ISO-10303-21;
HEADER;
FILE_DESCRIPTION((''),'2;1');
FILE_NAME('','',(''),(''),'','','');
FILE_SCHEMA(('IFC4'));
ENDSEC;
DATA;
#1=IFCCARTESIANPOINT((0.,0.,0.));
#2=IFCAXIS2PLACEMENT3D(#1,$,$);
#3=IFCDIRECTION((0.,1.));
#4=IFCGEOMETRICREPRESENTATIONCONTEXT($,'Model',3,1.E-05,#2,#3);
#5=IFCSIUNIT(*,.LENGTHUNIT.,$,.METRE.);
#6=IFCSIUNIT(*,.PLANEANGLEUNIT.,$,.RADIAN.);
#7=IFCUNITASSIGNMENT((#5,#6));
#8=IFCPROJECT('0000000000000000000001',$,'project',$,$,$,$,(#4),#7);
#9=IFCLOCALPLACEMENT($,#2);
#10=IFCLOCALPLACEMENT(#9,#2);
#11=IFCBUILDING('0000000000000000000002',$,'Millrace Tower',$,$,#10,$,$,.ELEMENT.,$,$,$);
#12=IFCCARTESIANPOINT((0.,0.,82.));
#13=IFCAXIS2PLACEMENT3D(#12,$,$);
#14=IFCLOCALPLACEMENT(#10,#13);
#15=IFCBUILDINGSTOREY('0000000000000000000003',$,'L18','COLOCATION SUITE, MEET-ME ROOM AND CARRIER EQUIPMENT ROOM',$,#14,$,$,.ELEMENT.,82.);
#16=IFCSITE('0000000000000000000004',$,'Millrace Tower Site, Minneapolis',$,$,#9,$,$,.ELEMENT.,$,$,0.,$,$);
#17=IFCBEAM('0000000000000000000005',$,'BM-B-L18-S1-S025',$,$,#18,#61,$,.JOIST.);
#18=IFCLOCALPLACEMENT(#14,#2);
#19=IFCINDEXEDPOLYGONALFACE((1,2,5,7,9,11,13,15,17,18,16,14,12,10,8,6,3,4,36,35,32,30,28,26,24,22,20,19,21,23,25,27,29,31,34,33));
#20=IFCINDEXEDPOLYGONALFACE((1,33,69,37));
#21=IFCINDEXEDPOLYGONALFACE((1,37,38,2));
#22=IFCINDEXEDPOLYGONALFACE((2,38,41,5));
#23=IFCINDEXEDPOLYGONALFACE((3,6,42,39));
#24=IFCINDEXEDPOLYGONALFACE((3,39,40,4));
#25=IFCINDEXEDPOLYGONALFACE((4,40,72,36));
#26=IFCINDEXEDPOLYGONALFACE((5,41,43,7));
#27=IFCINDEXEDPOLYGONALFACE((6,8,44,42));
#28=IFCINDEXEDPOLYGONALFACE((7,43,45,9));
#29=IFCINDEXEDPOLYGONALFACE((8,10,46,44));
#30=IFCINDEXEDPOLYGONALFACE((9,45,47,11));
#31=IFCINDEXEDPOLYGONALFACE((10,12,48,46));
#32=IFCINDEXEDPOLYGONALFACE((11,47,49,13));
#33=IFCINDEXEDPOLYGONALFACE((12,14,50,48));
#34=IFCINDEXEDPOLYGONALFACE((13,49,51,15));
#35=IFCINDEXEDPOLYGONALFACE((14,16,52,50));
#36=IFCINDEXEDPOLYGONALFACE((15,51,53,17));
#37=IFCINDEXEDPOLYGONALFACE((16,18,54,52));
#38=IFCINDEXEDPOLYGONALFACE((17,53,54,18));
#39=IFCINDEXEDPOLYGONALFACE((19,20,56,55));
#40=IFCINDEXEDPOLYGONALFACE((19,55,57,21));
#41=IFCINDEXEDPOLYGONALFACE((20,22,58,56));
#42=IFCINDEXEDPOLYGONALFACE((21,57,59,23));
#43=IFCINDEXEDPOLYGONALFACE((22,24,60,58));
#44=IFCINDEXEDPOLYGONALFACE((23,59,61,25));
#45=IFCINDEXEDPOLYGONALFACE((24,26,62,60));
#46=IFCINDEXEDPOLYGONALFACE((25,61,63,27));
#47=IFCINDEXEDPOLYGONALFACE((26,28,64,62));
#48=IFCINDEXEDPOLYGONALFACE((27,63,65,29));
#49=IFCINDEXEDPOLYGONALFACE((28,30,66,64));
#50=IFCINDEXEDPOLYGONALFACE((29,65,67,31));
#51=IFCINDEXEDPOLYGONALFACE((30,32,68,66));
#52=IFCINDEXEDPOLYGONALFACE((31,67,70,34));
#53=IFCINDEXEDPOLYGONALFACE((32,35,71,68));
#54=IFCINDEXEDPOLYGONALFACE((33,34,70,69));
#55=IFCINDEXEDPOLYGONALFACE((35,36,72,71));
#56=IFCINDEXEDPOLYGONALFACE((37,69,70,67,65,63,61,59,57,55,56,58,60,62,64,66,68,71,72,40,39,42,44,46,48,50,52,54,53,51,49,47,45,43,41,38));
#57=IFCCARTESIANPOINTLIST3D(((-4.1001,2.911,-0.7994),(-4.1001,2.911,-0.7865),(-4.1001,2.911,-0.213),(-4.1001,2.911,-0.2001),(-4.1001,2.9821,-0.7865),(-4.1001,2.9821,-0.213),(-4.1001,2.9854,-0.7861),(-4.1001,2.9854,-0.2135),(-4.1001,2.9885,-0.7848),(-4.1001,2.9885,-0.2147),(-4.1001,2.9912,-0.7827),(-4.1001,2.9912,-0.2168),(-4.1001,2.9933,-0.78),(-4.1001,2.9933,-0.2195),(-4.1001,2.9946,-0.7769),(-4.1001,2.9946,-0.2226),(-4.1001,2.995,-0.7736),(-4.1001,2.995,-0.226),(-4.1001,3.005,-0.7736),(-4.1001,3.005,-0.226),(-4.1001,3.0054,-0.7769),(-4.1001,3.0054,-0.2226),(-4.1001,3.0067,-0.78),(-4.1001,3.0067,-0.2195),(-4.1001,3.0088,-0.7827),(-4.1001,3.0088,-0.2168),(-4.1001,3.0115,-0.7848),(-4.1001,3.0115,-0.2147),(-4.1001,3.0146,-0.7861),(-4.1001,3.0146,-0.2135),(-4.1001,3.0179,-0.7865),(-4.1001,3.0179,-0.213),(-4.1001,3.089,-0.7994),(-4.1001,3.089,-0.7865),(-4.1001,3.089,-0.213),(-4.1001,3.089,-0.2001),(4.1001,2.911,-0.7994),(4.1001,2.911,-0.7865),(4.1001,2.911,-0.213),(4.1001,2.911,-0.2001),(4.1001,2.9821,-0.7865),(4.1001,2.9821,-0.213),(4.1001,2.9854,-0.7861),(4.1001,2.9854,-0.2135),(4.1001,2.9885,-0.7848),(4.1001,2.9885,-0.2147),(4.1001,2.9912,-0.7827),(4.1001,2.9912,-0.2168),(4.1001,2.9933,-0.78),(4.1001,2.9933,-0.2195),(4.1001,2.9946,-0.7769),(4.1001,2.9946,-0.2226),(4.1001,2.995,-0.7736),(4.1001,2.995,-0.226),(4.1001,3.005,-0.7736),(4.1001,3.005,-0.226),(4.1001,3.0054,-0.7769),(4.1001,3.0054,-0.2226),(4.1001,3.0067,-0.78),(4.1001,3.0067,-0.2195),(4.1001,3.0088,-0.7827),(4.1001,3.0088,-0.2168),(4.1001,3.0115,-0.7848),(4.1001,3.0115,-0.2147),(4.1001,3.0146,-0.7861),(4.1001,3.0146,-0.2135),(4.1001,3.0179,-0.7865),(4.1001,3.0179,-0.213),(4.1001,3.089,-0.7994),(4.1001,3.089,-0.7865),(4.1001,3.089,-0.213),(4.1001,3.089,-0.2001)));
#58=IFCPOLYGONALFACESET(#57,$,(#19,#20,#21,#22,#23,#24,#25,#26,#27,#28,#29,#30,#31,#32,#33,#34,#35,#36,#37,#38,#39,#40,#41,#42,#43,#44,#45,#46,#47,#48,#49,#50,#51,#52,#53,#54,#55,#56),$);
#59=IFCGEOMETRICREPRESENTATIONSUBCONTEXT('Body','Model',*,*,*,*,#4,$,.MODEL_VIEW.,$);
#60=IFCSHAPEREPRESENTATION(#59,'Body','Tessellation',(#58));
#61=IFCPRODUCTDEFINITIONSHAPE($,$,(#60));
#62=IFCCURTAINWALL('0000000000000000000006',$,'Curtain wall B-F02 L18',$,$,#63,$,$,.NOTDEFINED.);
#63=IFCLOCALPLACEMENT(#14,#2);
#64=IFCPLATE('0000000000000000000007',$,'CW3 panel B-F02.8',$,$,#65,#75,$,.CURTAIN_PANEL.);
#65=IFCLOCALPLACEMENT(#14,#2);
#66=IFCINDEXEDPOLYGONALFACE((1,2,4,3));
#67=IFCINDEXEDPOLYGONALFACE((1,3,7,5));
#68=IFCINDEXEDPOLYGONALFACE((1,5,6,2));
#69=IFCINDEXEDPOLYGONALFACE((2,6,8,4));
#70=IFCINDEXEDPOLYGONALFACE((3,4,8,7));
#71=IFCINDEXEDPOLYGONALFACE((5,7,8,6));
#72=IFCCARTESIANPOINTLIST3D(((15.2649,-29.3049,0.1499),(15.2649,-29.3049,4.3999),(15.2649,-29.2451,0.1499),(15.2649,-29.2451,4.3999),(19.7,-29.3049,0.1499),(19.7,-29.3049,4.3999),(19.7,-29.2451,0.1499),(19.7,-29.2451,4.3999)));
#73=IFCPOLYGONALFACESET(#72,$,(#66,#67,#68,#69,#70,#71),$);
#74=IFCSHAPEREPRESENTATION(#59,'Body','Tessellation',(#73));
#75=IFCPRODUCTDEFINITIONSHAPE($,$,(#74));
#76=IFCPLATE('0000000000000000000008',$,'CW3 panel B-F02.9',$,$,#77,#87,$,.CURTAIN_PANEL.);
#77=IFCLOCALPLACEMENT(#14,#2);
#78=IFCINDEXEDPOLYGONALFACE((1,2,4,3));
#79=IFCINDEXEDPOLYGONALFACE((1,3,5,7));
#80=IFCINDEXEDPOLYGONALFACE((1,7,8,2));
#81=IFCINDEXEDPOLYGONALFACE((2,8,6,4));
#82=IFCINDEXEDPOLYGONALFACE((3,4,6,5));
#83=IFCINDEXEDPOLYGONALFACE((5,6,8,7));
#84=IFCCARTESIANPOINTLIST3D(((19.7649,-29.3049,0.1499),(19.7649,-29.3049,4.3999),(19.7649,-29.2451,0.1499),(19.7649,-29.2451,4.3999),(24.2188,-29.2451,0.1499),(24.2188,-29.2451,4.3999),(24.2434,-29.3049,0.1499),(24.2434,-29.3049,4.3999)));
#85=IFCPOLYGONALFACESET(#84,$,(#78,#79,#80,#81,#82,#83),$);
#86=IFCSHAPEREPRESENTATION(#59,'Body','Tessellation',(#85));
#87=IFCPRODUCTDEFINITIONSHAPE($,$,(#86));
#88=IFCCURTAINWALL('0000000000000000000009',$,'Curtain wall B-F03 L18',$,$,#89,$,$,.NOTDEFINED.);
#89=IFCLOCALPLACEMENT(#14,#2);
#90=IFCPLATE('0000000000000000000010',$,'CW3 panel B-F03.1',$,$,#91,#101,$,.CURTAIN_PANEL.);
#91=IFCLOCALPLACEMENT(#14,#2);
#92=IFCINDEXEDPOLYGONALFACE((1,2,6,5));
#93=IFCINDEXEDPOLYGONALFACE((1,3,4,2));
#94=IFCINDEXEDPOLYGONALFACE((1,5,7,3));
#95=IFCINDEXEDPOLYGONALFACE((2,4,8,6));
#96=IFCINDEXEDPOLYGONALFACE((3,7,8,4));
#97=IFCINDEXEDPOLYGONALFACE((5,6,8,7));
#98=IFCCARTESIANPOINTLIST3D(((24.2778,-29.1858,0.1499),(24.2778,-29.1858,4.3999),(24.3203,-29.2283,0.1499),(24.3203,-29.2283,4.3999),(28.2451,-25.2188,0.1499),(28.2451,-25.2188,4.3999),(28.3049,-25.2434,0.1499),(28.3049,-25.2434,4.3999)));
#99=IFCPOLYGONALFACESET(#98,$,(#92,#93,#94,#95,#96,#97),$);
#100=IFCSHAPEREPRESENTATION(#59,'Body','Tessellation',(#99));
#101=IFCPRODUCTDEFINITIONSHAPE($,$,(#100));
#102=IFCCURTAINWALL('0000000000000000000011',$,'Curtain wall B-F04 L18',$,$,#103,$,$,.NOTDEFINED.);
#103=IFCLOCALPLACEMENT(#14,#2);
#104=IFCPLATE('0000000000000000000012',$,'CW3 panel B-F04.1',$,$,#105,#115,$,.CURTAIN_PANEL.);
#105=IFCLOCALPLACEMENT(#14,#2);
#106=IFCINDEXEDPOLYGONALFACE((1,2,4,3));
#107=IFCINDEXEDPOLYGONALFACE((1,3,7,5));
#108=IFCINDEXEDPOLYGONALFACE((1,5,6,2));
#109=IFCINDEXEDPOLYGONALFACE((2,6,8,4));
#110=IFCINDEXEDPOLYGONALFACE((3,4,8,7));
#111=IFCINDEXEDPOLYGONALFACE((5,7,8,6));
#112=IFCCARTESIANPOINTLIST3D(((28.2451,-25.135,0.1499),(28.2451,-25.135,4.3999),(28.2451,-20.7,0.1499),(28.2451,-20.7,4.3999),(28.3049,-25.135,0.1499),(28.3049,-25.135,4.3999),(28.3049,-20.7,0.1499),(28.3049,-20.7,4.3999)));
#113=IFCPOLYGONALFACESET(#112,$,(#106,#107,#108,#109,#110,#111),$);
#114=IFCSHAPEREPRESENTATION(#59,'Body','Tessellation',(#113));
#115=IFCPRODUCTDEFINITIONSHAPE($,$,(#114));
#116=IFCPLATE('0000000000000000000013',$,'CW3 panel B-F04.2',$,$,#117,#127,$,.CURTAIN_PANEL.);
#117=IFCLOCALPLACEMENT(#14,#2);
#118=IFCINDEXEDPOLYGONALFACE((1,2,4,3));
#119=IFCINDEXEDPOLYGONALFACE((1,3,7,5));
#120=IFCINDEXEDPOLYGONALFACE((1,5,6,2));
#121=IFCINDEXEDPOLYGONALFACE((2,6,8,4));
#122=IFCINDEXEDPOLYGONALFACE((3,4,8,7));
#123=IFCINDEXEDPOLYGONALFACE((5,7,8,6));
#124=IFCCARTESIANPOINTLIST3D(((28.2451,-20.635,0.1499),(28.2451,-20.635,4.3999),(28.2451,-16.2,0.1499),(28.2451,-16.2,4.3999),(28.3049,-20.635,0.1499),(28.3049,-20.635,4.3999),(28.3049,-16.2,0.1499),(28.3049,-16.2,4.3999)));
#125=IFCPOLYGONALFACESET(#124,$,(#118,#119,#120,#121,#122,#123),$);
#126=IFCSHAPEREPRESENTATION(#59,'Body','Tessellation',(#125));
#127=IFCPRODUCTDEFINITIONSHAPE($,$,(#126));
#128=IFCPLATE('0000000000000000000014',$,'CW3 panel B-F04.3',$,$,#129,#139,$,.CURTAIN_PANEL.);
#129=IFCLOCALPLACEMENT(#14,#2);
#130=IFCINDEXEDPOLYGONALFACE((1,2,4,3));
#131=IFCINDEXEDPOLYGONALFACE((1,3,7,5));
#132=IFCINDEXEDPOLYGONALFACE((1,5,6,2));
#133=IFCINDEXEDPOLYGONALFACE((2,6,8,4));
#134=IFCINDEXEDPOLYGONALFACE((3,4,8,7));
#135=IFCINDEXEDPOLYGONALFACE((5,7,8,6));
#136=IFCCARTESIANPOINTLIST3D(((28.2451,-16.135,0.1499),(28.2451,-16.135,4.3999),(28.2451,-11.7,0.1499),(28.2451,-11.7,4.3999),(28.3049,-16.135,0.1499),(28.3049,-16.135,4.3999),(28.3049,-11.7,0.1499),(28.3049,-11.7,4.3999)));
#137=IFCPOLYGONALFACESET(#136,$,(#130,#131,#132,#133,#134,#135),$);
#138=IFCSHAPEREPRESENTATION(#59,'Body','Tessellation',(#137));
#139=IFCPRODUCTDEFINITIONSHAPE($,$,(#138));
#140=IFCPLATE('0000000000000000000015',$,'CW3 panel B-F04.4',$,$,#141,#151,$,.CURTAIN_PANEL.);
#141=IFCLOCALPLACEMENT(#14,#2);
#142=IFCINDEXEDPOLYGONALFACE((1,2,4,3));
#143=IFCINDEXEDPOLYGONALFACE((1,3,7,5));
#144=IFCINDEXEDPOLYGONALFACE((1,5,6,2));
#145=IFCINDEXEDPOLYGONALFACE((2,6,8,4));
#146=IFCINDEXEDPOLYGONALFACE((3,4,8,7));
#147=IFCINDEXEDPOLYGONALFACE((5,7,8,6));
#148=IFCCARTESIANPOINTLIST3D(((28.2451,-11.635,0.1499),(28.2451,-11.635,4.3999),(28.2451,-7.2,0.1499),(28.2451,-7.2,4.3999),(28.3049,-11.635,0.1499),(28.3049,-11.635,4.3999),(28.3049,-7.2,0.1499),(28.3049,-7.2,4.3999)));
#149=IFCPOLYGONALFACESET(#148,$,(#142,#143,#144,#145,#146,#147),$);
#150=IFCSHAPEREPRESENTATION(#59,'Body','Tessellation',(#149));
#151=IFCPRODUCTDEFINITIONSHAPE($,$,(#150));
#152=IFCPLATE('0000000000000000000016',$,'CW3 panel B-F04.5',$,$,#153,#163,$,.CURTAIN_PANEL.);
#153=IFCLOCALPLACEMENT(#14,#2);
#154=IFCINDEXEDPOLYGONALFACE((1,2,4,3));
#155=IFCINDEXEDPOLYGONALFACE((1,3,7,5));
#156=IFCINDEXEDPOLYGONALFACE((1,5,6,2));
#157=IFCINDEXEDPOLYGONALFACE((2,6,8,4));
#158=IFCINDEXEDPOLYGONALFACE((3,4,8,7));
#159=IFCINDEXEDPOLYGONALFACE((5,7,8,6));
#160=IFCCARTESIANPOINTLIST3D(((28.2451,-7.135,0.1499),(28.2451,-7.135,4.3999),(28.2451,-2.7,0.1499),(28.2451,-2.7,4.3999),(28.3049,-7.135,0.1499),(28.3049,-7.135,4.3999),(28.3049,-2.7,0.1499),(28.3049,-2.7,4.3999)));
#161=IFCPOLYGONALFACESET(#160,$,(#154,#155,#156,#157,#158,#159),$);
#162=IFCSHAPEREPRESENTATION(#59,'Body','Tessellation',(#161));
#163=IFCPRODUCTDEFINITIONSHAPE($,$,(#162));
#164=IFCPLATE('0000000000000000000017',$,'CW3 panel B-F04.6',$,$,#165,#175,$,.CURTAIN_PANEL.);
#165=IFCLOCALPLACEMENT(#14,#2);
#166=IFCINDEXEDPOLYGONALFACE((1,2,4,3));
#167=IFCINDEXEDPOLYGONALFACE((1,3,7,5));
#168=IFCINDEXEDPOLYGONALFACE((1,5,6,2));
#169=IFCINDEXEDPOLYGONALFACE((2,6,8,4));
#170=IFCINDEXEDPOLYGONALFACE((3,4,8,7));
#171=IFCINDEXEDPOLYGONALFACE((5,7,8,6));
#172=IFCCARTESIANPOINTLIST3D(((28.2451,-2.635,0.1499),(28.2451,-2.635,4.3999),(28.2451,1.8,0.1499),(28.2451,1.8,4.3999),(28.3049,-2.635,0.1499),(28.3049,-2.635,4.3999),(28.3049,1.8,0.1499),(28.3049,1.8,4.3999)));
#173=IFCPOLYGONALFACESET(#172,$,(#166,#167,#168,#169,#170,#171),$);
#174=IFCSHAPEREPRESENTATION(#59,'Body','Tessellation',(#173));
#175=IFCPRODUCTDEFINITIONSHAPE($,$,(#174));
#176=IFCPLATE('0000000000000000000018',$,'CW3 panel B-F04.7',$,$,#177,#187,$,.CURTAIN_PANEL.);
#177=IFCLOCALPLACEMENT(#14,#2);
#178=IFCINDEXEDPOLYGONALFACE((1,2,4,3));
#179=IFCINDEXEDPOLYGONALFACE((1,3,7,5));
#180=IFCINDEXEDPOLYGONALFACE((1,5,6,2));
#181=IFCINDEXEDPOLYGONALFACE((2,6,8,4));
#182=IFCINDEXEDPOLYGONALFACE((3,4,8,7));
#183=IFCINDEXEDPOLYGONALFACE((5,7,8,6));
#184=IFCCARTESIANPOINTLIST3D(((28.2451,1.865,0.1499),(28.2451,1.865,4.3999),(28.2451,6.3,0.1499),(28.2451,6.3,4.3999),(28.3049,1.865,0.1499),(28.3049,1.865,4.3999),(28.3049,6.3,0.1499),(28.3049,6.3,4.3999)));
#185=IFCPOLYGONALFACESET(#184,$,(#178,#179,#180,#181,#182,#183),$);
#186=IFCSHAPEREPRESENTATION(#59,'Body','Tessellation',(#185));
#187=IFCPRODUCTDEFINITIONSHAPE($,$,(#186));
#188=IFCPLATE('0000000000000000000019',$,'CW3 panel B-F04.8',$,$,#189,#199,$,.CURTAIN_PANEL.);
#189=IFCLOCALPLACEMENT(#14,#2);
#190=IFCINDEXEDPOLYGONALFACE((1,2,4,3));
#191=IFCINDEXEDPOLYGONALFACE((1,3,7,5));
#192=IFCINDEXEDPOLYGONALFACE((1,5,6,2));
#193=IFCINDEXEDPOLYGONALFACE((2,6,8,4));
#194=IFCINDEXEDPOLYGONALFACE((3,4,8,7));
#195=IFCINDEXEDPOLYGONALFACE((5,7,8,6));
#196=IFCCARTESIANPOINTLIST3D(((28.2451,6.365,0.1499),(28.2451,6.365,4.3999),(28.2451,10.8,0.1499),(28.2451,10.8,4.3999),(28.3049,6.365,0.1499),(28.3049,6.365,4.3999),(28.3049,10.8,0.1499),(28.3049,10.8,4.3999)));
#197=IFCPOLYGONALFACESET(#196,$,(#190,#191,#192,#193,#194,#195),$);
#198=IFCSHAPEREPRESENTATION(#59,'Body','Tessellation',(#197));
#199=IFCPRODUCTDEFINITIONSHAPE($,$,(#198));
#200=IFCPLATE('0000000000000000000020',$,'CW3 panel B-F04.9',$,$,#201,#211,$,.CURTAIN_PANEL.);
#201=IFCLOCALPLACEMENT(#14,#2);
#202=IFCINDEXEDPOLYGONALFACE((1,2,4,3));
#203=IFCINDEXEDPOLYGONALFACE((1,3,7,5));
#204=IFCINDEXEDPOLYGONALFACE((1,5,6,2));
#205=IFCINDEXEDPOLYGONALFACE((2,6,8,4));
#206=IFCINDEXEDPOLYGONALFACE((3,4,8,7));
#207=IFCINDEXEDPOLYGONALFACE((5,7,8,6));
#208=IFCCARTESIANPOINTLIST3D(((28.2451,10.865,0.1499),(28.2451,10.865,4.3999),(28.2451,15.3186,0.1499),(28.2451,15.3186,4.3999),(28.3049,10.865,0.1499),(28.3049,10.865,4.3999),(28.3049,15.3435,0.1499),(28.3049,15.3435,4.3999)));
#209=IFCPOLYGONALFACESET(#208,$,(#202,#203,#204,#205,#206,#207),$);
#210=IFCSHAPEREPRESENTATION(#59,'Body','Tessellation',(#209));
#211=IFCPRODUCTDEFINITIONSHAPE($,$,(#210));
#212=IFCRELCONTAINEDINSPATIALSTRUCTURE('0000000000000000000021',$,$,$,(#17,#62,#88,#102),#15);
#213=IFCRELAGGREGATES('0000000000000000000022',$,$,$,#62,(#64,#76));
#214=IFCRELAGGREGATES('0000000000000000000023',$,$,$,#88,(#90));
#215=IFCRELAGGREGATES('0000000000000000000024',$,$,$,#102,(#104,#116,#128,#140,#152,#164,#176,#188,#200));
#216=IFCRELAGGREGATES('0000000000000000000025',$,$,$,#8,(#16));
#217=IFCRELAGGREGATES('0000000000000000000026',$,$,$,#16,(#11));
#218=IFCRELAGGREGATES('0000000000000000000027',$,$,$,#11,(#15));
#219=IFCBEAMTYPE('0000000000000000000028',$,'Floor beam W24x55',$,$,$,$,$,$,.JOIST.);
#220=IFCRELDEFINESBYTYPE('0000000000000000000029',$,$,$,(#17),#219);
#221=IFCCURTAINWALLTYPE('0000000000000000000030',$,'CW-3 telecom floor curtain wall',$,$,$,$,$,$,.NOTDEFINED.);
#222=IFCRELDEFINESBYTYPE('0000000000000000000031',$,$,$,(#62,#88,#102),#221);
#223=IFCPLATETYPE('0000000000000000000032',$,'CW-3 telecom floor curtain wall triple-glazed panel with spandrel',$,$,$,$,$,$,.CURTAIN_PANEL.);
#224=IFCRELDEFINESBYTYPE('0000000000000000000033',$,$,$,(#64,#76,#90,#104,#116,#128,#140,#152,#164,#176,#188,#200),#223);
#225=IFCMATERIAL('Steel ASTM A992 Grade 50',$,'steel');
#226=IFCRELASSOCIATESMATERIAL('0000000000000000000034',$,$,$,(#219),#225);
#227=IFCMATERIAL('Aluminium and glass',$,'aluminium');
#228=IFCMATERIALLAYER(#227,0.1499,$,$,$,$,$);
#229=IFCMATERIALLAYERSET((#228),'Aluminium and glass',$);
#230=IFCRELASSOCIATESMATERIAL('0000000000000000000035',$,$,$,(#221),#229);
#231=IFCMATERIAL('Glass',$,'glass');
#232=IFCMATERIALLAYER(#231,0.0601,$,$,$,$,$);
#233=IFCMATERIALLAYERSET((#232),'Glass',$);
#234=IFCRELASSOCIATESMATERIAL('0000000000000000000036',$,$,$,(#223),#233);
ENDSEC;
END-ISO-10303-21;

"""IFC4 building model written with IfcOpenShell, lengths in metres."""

from ifc_helpers import new_model, si_unit, direction, frame, origin, origin_2d, place, context, subcontext, project, spatial, polyline, i_section, outline, extrude, material, layer, layer_set, material_profile, profile_set, type_object, element, aggregate, save


model = new_model("IFC4")

# Units and contexts
model_context = context("Model", 3, precision=1e-05, world=origin(), true_north=direction((0.0, 1.0)))
body_context = subcontext(model_context, "Body", "Model", "MODEL_VIEW")
ifc_project = project(units=[si_unit("LENGTHUNIT", "METRE"), si_unit("PLANEANGLEUNIT", "RADIAN")], contexts=[model_context])

# Site, building, storey
site_placement = place(None, origin())
site = spatial("IfcSite", under=ifc_project, at=site_placement, Name="Millrace Tower Site, Minneapolis", CompositionType="ELEMENT", RefElevation=0.0)
building_placement = place(site_placement, origin())
building = spatial("IfcBuilding", under=site, at=building_placement, Name="Millrace Tower", CompositionType="ELEMENT")
storey_placement = place(building_placement, frame((0.0, 0.0, 82.0)))
storey = spatial("IfcBuildingStorey", under=building, at=storey_placement, Name="L18", Description="COLOCATION SUITE, MEET-ME ROOM AND CARRIER EQUIPMENT ROOM", CompositionType="ELEMENT", Elevation=82.0)

# Beam
ifc_material_1 = material(Name="Steel ASTM A992 Grade 50", Category="steel")
ifc_material_profile = material_profile(ifc_material_1, i_section(OverallWidth=0.178, OverallDepth=0.5994, WebThickness=0.01, FlangeThickness=0.0129, FilletRadius=0.0129, at=origin_2d()))
ifc_profile_set = profile_set([ifc_material_profile], Name="Steel ASTM A992 Grade 50")
beam_type = type_object("IfcBeamType", Name="Floor beam W24x55", PredefinedType="JOIST", material=ifc_profile_set)
beam_placement = place(storey_placement, frame((-4.1001, 3.0, -0.4998), z_axis=(1.0, 0.0, 0.0), x_axis=(0.0, 1.0, 0.0)))
element("IfcBeam", 1, at=beam_placement, inside=storey, type_object=beam_type, Name="BM-B-L18-S1-S025", PredefinedType="JOIST", context=body_context, shape_type="SweptSolid", body=[
    extrude(i_section(OverallWidth=0.178, OverallDepth=0.5994, WebThickness=0.01, FlangeThickness=0.0129, FilletRadius=0.0129, at=origin_2d()), origin(), (0.0, 0.0, 1.0), 8.2002),
])

# Curtain wall, plates
ifc_material_2 = material(Name="Aluminium and glass", Category="aluminium")
ifc_layer_1 = layer(ifc_material_2, 0.1499)
ifc_layer_set_1 = layer_set([ifc_layer_1], Name="Aluminium and glass")
curtain_wall_type = type_object("IfcCurtainWallType", Name="CW-3 telecom floor curtain wall", PredefinedType="NOTDEFINED", material=ifc_layer_set_1)
placement_1 = place(storey_placement, origin())
curtain_wall_1 = element("IfcCurtainWall", 2, at=placement_1, inside=storey, type_object=curtain_wall_type, Name="Curtain wall B-F02 L18", PredefinedType="NOTDEFINED")
ifc_material_3 = material(Name="Glass", Category="glass")
ifc_layer_2 = layer(ifc_material_3, 0.0601)
ifc_layer_set_2 = layer_set([ifc_layer_2], Name="Glass")
plate_type = type_object("IfcPlateType", Name="CW-3 telecom floor curtain wall triple-glazed panel with spandrel", PredefinedType="CURTAIN_PANEL", material=ifc_layer_set_2)
placement_2 = place(storey_placement, frame((0.0, 0.0, 0.1499)))
plate_1 = element("IfcPlate", 3, at=placement_2, type_object=plate_type, Name="CW3 panel B-F02.8", PredefinedType="CURTAIN_PANEL", context=body_context, shape_type="SweptSolid", body=[
    extrude(outline(polyline([(15.2649, -29.3049), (19.7, -29.3049), (19.7, -29.2451), (15.2649, -29.2451), (15.2649, -29.3049)])), origin(), (0.0, 0.0, 1.0), 4.25),
])
plate_2 = element("IfcPlate", 4, at=placement_2, type_object=plate_type, Name="CW3 panel B-F02.9", PredefinedType="CURTAIN_PANEL", context=body_context, shape_type="SweptSolid", body=[
    extrude(outline(polyline([(19.7649, -29.3049), (24.2434, -29.3049), (24.2188, -29.2451), (19.7649, -29.2451), (19.7649, -29.3049)])), origin(), (0.0, 0.0, 1.0), 4.25),
])
aggregate(curtain_wall_1, [plate_1, plate_2])

# Curtain wall, plate
curtain_wall_2 = element("IfcCurtainWall", 5, at=placement_1, inside=storey, type_object=curtain_wall_type, Name="Curtain wall B-F03 L18", PredefinedType="NOTDEFINED")
plate_3 = element("IfcPlate", 6, at=placement_2, type_object=plate_type, Name="CW3 panel B-F03.1", PredefinedType="CURTAIN_PANEL", context=body_context, shape_type="SweptSolid", body=[
    extrude(outline(polyline([(24.3203, -29.2283), (28.3049, -25.2434), (28.2451, -25.2188), (24.2778, -29.1858), (24.3203, -29.2283)])), origin(), (0.0, 0.0, 1.0), 4.25),
])
aggregate(curtain_wall_2, [plate_3])

# Curtain wall, plates
curtain_wall_3 = element("IfcCurtainWall", 7, at=placement_1, inside=storey, type_object=curtain_wall_type, Name="Curtain wall B-F04 L18", PredefinedType="NOTDEFINED")
plate_4 = element("IfcPlate", 8, at=placement_2, type_object=plate_type, Name="CW3 panel B-F04.1", PredefinedType="CURTAIN_PANEL", context=body_context, shape_type="SweptSolid", body=[
    extrude(outline(polyline([(28.3049, -25.135), (28.3049, -20.7), (28.2451, -20.7), (28.2451, -25.135), (28.3049, -25.135)])), origin(), (0.0, 0.0, 1.0), 4.25),
])
plate_5 = element("IfcPlate", 9, at=placement_2, type_object=plate_type, Name="CW3 panel B-F04.2", PredefinedType="CURTAIN_PANEL", context=body_context, shape_type="SweptSolid", body=[
    extrude(outline(polyline([(28.3049, -20.635), (28.3049, -16.2), (28.2451, -16.2), (28.2451, -20.635), (28.3049, -20.635)])), origin(), (0.0, 0.0, 1.0), 4.25),
])
plate_6 = element("IfcPlate", 10, at=placement_2, type_object=plate_type, Name="CW3 panel B-F04.3", PredefinedType="CURTAIN_PANEL", context=body_context, shape_type="SweptSolid", body=[
    extrude(outline(polyline([(28.3049, -16.135), (28.3049, -11.7), (28.2451, -11.7), (28.2451, -16.135), (28.3049, -16.135)])), origin(), (0.0, 0.0, 1.0), 4.25),
])
plate_7 = element("IfcPlate", 11, at=placement_2, type_object=plate_type, Name="CW3 panel B-F04.4", PredefinedType="CURTAIN_PANEL", context=body_context, shape_type="SweptSolid", body=[
    extrude(outline(polyline([(28.3049, -11.635), (28.3049, -7.2), (28.2451, -7.2), (28.2451, -11.635), (28.3049, -11.635)])), origin(), (0.0, 0.0, 1.0), 4.25),
])
plate_8 = element("IfcPlate", 12, at=placement_2, type_object=plate_type, Name="CW3 panel B-F04.5", PredefinedType="CURTAIN_PANEL", context=body_context, shape_type="SweptSolid", body=[
    extrude(outline(polyline([(28.3049, -7.135), (28.3049, -2.7), (28.2451, -2.7), (28.2451, -7.135), (28.3049, -7.135)])), origin(), (0.0, 0.0, 1.0), 4.25),
])
plate_9 = element("IfcPlate", 13, at=placement_2, type_object=plate_type, Name="CW3 panel B-F04.6", PredefinedType="CURTAIN_PANEL", context=body_context, shape_type="SweptSolid", body=[
    extrude(outline(polyline([(28.3049, -2.635), (28.3049, 1.8), (28.2451, 1.8), (28.2451, -2.635), (28.3049, -2.635)])), origin(), (0.0, 0.0, 1.0), 4.25),
])
plate_10 = element("IfcPlate", 14, at=placement_2, type_object=plate_type, Name="CW3 panel B-F04.7", PredefinedType="CURTAIN_PANEL", context=body_context, shape_type="SweptSolid", body=[
    extrude(outline(polyline([(28.3049, 1.865), (28.3049, 6.3), (28.2451, 6.3), (28.2451, 1.865), (28.3049, 1.865)])), origin(), (0.0, 0.0, 1.0), 4.25),
])
plate_11 = element("IfcPlate", 15, at=placement_2, type_object=plate_type, Name="CW3 panel B-F04.8", PredefinedType="CURTAIN_PANEL", context=body_context, shape_type="SweptSolid", body=[
    extrude(outline(polyline([(28.3049, 6.365), (28.3049, 10.8), (28.2451, 10.8), (28.2451, 6.365), (28.3049, 6.365)])), origin(), (0.0, 0.0, 1.0), 4.25),
])
plate_12 = element("IfcPlate", 16, at=placement_2, type_object=plate_type, Name="CW3 panel B-F04.9", PredefinedType="CURTAIN_PANEL", context=body_context, shape_type="SweptSolid", body=[
    extrude(outline(polyline([(28.3049, 10.865), (28.3049, 15.3435), (28.2451, 15.3186), (28.2451, 10.865), (28.3049, 10.865)])), origin(), (0.0, 0.0, 1.0), 4.25),
])
aggregate(curtain_wall_3, [plate_4, plate_5, plate_6, plate_7, plate_8, plate_9, plate_10, plate_11, plate_12])

save(model, "model.ifc")
